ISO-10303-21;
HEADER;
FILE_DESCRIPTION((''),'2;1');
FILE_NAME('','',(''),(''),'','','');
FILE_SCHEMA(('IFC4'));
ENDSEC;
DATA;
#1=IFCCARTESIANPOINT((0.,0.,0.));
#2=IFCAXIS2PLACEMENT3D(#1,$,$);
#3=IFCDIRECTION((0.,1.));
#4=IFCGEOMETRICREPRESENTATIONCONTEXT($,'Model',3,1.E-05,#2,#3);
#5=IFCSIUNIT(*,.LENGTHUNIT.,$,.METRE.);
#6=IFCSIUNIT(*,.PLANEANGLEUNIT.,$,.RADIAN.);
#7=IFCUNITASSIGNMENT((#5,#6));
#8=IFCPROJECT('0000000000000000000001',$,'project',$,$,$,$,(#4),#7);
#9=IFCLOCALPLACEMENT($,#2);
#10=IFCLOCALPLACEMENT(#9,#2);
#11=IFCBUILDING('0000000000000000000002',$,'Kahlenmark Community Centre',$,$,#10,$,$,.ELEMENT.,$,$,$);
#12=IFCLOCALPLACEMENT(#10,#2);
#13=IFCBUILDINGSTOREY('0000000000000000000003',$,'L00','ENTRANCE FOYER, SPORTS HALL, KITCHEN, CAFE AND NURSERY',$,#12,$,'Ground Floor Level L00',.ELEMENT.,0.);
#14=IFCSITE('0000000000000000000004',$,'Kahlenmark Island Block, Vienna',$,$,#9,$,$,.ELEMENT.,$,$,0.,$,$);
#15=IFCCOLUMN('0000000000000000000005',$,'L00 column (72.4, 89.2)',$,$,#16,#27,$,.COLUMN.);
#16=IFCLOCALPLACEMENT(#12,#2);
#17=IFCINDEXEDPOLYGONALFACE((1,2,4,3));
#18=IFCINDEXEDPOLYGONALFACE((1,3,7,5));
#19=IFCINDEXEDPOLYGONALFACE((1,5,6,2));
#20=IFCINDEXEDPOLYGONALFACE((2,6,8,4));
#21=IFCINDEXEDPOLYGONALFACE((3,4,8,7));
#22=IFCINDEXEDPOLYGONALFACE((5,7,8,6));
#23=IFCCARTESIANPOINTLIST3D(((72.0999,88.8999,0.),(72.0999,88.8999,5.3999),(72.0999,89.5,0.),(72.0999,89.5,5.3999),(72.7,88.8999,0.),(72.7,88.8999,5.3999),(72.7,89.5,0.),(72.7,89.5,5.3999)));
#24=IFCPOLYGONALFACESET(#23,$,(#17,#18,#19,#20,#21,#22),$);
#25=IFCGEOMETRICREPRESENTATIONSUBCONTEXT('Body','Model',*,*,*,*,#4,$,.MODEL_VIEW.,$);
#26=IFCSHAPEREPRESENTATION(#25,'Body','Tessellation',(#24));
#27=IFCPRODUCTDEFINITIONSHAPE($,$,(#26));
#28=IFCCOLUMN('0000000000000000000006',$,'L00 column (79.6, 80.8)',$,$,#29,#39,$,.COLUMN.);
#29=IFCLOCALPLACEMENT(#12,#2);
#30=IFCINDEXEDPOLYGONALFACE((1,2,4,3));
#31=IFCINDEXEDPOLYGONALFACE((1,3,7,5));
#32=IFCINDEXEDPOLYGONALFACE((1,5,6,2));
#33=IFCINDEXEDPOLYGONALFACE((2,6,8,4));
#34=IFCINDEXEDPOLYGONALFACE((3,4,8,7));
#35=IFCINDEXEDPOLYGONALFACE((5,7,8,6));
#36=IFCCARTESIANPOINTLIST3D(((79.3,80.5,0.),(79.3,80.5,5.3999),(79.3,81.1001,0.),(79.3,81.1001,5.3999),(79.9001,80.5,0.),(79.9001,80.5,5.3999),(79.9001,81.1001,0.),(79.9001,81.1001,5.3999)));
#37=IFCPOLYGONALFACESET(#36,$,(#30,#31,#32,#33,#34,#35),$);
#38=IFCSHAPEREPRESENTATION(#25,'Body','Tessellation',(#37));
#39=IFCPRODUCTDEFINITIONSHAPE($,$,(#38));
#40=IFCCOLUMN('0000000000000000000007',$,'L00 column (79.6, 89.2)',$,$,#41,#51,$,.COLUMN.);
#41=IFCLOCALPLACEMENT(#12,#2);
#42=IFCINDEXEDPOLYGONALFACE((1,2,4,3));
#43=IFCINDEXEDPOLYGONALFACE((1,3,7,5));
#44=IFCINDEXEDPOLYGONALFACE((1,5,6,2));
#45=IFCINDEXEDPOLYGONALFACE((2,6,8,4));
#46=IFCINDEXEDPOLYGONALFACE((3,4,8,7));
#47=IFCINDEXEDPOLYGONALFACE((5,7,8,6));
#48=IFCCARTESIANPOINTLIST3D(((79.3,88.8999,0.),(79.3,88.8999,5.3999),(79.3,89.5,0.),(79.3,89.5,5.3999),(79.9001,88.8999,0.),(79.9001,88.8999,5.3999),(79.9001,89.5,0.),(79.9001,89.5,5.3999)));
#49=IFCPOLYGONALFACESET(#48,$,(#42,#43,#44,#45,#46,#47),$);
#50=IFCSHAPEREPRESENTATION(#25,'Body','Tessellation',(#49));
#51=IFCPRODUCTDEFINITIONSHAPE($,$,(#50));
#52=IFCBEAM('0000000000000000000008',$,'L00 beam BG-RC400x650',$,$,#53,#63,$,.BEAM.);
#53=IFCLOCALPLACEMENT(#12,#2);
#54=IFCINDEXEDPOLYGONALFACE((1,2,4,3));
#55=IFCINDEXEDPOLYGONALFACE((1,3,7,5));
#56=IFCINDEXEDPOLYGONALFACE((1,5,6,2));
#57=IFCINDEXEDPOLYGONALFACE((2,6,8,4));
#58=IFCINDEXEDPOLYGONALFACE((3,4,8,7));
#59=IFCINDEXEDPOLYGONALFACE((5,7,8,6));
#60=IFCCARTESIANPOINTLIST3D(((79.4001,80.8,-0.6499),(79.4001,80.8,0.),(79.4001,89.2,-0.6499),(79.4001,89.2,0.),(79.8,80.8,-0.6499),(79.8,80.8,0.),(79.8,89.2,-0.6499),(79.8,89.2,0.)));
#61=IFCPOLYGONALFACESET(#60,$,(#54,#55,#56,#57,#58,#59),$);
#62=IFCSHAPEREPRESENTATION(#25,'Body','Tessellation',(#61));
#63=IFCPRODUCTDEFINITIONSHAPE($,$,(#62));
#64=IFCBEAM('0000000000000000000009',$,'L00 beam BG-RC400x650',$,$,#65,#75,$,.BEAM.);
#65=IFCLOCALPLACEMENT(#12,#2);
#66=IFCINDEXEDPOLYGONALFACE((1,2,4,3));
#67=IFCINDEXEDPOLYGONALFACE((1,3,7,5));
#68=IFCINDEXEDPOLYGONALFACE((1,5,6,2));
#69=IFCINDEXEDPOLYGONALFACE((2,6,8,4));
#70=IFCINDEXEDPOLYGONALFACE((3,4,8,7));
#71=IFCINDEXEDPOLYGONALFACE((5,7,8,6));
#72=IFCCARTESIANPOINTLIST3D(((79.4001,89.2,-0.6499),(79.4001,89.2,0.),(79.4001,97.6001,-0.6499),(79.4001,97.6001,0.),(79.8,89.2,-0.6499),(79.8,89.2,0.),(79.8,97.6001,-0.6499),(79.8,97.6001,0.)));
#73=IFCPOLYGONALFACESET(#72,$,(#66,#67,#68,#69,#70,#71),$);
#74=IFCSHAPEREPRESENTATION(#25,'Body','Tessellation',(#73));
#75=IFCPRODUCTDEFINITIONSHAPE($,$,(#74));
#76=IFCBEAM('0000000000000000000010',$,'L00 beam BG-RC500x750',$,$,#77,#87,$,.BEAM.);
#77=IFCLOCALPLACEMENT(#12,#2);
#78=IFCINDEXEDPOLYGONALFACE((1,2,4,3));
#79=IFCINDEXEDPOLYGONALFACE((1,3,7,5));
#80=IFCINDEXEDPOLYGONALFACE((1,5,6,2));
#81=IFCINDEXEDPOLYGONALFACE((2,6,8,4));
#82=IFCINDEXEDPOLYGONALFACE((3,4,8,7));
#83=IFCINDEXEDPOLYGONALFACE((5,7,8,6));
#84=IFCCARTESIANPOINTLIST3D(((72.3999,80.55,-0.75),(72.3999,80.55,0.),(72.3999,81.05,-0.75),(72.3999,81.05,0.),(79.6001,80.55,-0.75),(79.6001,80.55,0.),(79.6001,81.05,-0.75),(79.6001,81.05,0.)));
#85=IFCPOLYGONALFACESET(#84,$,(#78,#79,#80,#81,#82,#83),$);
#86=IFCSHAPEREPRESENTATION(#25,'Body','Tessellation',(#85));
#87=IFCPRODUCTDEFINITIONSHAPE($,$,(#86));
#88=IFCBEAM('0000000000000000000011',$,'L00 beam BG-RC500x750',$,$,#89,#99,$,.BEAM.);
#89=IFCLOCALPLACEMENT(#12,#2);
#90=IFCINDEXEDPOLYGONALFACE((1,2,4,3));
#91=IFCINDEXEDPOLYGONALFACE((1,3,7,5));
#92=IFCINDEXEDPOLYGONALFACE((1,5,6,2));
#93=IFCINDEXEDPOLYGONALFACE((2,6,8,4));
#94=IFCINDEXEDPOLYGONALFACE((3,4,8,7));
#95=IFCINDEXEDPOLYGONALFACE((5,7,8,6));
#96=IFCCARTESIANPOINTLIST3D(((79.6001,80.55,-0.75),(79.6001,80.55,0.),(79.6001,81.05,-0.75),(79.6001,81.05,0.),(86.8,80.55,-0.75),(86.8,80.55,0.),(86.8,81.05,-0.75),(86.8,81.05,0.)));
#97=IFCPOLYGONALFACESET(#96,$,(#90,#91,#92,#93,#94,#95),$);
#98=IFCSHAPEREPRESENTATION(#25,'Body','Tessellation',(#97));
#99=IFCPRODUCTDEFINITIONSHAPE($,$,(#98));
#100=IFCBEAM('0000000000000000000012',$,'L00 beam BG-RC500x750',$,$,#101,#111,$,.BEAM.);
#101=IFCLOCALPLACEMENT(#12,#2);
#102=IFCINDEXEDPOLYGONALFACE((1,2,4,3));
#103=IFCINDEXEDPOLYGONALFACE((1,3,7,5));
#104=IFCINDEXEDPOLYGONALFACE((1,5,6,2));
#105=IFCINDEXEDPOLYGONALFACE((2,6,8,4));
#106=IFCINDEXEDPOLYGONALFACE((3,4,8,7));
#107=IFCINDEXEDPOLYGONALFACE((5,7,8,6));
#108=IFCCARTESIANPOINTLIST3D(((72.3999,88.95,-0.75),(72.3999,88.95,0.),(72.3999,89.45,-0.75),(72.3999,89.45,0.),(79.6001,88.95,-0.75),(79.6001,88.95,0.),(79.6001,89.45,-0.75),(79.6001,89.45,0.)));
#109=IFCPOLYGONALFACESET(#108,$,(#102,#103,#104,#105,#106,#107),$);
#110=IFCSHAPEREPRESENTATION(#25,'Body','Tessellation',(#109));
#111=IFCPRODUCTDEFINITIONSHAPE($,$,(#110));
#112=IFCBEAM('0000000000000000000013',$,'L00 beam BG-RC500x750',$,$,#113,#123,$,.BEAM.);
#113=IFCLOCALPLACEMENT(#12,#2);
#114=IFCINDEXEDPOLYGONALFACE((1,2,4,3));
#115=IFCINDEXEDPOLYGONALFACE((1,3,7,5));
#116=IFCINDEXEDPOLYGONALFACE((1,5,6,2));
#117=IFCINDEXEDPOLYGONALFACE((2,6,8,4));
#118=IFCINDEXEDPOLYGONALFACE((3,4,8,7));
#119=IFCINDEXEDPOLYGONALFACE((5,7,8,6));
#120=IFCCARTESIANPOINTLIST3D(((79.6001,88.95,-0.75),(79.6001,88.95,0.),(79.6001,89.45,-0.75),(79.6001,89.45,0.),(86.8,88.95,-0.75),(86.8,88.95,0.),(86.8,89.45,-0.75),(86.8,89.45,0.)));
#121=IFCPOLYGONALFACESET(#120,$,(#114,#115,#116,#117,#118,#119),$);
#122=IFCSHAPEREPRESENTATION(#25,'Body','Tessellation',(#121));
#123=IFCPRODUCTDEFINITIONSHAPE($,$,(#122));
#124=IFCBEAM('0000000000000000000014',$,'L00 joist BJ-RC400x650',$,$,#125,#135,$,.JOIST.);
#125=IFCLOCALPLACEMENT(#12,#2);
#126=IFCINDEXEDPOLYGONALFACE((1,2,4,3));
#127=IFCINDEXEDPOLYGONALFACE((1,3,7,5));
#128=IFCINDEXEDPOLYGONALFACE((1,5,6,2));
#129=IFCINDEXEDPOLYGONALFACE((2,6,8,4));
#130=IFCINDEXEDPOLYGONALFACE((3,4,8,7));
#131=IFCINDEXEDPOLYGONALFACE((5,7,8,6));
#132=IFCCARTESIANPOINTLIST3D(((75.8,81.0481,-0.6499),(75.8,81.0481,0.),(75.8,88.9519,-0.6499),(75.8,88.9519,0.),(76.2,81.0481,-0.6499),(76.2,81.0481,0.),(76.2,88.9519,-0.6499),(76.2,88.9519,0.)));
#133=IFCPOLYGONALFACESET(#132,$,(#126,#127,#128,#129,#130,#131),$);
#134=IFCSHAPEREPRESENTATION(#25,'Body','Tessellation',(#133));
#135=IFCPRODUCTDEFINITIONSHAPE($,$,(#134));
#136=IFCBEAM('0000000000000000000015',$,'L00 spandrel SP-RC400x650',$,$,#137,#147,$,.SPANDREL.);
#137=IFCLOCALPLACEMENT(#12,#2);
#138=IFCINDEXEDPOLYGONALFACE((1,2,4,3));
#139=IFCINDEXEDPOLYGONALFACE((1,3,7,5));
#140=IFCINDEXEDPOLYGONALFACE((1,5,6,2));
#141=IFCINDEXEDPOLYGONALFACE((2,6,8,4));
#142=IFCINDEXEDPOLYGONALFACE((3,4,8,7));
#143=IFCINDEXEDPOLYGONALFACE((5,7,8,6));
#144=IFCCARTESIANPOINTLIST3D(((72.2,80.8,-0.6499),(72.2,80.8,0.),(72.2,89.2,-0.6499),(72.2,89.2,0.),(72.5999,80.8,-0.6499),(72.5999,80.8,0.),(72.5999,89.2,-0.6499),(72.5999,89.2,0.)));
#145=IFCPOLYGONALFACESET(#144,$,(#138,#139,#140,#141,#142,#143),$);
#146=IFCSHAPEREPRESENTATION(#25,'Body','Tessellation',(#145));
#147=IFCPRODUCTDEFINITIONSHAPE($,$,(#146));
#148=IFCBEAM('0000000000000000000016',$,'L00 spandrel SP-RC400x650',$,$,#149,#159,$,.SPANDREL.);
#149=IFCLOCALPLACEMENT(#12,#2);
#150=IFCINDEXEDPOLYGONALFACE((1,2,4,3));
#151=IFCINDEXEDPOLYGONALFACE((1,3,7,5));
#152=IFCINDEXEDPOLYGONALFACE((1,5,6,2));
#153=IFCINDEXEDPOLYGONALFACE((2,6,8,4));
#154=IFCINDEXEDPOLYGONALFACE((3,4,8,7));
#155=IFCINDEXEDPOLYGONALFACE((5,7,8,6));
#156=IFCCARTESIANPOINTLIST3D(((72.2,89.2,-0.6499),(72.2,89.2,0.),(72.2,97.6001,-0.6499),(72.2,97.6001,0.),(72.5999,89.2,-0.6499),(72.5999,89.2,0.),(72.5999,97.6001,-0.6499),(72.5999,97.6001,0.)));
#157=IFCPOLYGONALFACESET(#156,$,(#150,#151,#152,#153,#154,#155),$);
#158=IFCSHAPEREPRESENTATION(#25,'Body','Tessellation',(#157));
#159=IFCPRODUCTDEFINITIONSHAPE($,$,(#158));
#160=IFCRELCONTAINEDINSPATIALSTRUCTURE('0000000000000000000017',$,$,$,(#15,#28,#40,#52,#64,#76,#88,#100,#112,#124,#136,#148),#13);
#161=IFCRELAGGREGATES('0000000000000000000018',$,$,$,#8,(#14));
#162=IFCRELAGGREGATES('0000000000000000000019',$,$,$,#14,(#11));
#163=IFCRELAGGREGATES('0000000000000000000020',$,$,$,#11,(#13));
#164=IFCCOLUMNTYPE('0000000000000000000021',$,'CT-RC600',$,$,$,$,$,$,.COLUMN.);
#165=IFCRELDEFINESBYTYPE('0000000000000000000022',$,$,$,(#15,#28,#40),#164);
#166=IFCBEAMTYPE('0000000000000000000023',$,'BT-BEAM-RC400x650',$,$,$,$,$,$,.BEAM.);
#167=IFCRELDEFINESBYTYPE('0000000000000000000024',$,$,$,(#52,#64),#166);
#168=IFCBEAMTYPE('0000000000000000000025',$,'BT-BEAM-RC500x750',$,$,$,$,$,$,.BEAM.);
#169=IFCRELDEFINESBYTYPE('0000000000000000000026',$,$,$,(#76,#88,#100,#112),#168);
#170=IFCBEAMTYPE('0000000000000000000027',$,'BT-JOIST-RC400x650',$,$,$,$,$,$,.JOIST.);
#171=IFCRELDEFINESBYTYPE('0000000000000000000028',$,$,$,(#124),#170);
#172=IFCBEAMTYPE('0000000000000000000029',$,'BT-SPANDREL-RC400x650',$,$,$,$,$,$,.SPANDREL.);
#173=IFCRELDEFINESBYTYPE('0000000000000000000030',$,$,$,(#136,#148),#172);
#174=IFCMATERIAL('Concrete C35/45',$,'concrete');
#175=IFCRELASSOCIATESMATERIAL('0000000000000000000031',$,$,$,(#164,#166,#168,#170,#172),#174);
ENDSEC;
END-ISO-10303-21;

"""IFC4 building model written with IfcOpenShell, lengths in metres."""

from ifc_helpers import new_model, si_unit, direction, frame, origin, origin_2d, place, context, subcontext, project, spatial, rectangle, extrude, material, material_profile, profile_set, type_object, element, save


model = new_model("IFC4")

# Units and contexts
model_context = context("Model", 3, precision=1e-05, world=origin(), true_north=direction((0.0, 1.0)))
body_context = subcontext(model_context, "Body", "Model", "MODEL_VIEW")
ifc_project = project(units=[si_unit("LENGTHUNIT", "METRE"), si_unit("PLANEANGLEUNIT", "RADIAN")], contexts=[model_context])

# Site, building, storey
site_placement = place(None, origin())
site = spatial("IfcSite", under=ifc_project, at=site_placement, Name="Kahlenmark Island Block, Vienna", CompositionType="ELEMENT", RefElevation=0.0)
building_placement = place(site_placement, origin())
building = spatial("IfcBuilding", under=site, at=building_placement, Name="Kahlenmark Community Centre", CompositionType="ELEMENT")
storey_placement = place(building_placement, origin())
storey = spatial("IfcBuildingStorey", under=building, at=storey_placement, Name="L00", Description="ENTRANCE FOYER, SPORTS HALL, KITCHEN, CAFE AND NURSERY", LongName="Ground Floor Level L00", CompositionType="ELEMENT", Elevation=0.0)

# Columns
ifc_material_1 = material(Name="Concrete C35/45", Category="concrete")
ifc_material_profile_1 = material_profile(ifc_material_1, rectangle(XDim=0.6001, YDim=0.6001, at=origin_2d()), Name="RC 600x600")
ifc_profile_set_1 = profile_set([ifc_material_profile_1], Name="Concrete C35/45")
column_type = type_object("IfcColumnType", Name="CT-RC600", PredefinedType="COLUMN", material=ifc_profile_set_1)
for number, where, z_axis, x_axis, name in (
    (1, (72.3999, 89.2, 0.0), (0.0, 0.0, 1.0), (1.0, 0.0, 0.0), "L00 column (72.4, 89.2)"),
    (2, (79.6001, 80.8, 0.0), (0.0, 0.0, 1.0), (1.0, 0.0, 0.0), "L00 column (79.6, 80.8)"),
    (3, (79.6001, 89.2, 0.0), (0.0, 0.0, 1.0), (1.0, 0.0, 0.0), "L00 column (79.6, 89.2)"),
):
    element("IfcColumn", number, at=place(storey_placement, frame(where, z_axis=z_axis, x_axis=x_axis)), inside=storey, type_object=column_type, Name=name, PredefinedType="COLUMN", context=body_context, shape_type="SweptSolid", body=[
        extrude(rectangle(XDim=0.6001, YDim=0.6001, at=origin_2d()), origin(), (0.0, 0.0, 1.0), 5.3999),
    ])

# Beams
ifc_material_profile_2 = material_profile(ifc_material_1, rectangle(XDim=0.3999, YDim=0.6499, at=origin_2d()), Name="RC 400x650")
ifc_profile_set_2 = profile_set([ifc_material_profile_2], Name="Concrete C35/45")
beam_type_1 = type_object("IfcBeamType", Name="BT-BEAM-RC400x650", PredefinedType="BEAM", material=ifc_profile_set_2)
beam_1_placement = place(storey_placement, frame((79.6001, 80.8, -0.325), z_axis=(0.0, 1.0, 0.0), x_axis=(-1.0, 0.0, 0.0)))
element("IfcBeam", 4, at=beam_1_placement, inside=storey, type_object=beam_type_1, Name="L00 beam BG-RC400x650", PredefinedType="BEAM", context=body_context, shape_type="SweptSolid", body=[
    extrude(rectangle(XDim=0.3999, YDim=0.6499, at=origin_2d()), origin(), (0.0, 0.0, 1.0), 8.3999),
])
beam_2_placement = place(storey_placement, frame((79.6001, 89.2, -0.325), z_axis=(0.0, 1.0, 0.0), x_axis=(-1.0, 0.0, 0.0)))
element("IfcBeam", 5, at=beam_2_placement, inside=storey, type_object=beam_type_1, Name="L00 beam BG-RC400x650", PredefinedType="BEAM", context=body_context, shape_type="SweptSolid", body=[
    extrude(rectangle(XDim=0.3999, YDim=0.6499, at=origin_2d()), origin(), (0.0, 0.0, 1.0), 8.4001),
])
ifc_material_profile_3 = material_profile(ifc_material_1, rectangle(XDim=0.5, YDim=0.75, at=origin_2d()), Name="RC 500x750")
ifc_profile_set_3 = profile_set([ifc_material_profile_3], Name="Concrete C35/45")
beam_type_2 = type_object("IfcBeamType", Name="BT-BEAM-RC500x750", PredefinedType="BEAM", material=ifc_profile_set_3)
beam_3_placement = place(storey_placement, frame((72.3999, 80.8, -0.375), z_axis=(1.0, 0.0, 0.0), x_axis=(0.0, 1.0, 0.0)))
element("IfcBeam", 6, at=beam_3_placement, inside=storey, type_object=beam_type_2, Name="L00 beam BG-RC500x750", PredefinedType="BEAM", context=body_context, shape_type="SweptSolid", body=[
    extrude(rectangle(XDim=0.5, YDim=0.75, at=origin_2d()), origin(), (0.0, 0.0, 1.0), 7.2002),
])
beam_4_placement = place(storey_placement, frame((79.6001, 80.8, -0.375), z_axis=(1.0, 0.0, 0.0), x_axis=(0.0, 1.0, 0.0)))
element("IfcBeam", 7, at=beam_4_placement, inside=storey, type_object=beam_type_2, Name="L00 beam BG-RC500x750", PredefinedType="BEAM", context=body_context, shape_type="SweptSolid", body=[
    extrude(rectangle(XDim=0.5, YDim=0.75, at=origin_2d()), origin(), (0.0, 0.0, 1.0), 7.2),
])
beam_5_placement = place(storey_placement, frame((72.3999, 89.2, -0.375), z_axis=(1.0, 0.0, 0.0), x_axis=(0.0, 1.0, 0.0)))
element("IfcBeam", 8, at=beam_5_placement, inside=storey, type_object=beam_type_2, Name="L00 beam BG-RC500x750", PredefinedType="BEAM", context=body_context, shape_type="SweptSolid", body=[
    extrude(rectangle(XDim=0.5, YDim=0.75, at=origin_2d()), origin(), (0.0, 0.0, 1.0), 7.2002),
])
beam_6_placement = place(storey_placement, frame((79.6001, 89.2, -0.375), z_axis=(1.0, 0.0, 0.0), x_axis=(0.0, 1.0, 0.0)))
element("IfcBeam", 9, at=beam_6_placement, inside=storey, type_object=beam_type_2, Name="L00 beam BG-RC500x750", PredefinedType="BEAM", context=body_context, shape_type="SweptSolid", body=[
    extrude(rectangle(XDim=0.5, YDim=0.75, at=origin_2d()), origin(), (0.0, 0.0, 1.0), 7.2),
])
ifc_material_profile_4 = material_profile(ifc_material_1, rectangle(XDim=0.3999, YDim=0.6499, at=origin_2d()), Name="RC 400x650")
ifc_profile_set_4 = profile_set([ifc_material_profile_4], Name="Concrete C35/45")
beam_type_3 = type_object("IfcBeamType", Name="BT-JOIST-RC400x650", PredefinedType="JOIST", material=ifc_profile_set_4)
beam_7_placement = place(storey_placement, frame((76.0, 81.0481, -0.325), z_axis=(0.0, 1.0, 0.0), x_axis=(-1.0, 0.0, 0.0)))
element("IfcBeam", 10, at=beam_7_placement, inside=storey, type_object=beam_type_3, Name="L00 joist BJ-RC400x650", PredefinedType="JOIST", context=body_context, shape_type="SweptSolid", body=[
    extrude(rectangle(XDim=0.3999, YDim=0.6499, at=origin_2d()), origin(), (0.0, 0.0, 1.0), 7.9038),
])
ifc_material_profile_5 = material_profile(ifc_material_1, rectangle(XDim=0.3999, YDim=0.6499, at=origin_2d()), Name="RC 400x650")
ifc_profile_set_5 = profile_set([ifc_material_profile_5], Name="Concrete C35/45")
beam_type_4 = type_object("IfcBeamType", Name="BT-SPANDREL-RC400x650", PredefinedType="SPANDREL", material=ifc_profile_set_5)
beam_8_placement = place(storey_placement, frame((72.3999, 80.8, -0.325), z_axis=(0.0, 1.0, 0.0), x_axis=(-1.0, 0.0, 0.0)))
element("IfcBeam", 11, at=beam_8_placement, inside=storey, type_object=beam_type_4, Name="L00 spandrel SP-RC400x650", PredefinedType="SPANDREL", context=body_context, shape_type="SweptSolid", body=[
    extrude(rectangle(XDim=0.3999, YDim=0.6499, at=origin_2d()), origin(), (0.0, 0.0, 1.0), 8.3999),
])
beam_9_placement = place(storey_placement, frame((72.3999, 89.2, -0.325), z_axis=(0.0, 1.0, 0.0), x_axis=(-1.0, 0.0, 0.0)))
element("IfcBeam", 12, at=beam_9_placement, inside=storey, type_object=beam_type_4, Name="L00 spandrel SP-RC400x650", PredefinedType="SPANDREL", context=body_context, shape_type="SweptSolid", body=[
    extrude(rectangle(XDim=0.3999, YDim=0.6499, at=origin_2d()), origin(), (0.0, 0.0, 1.0), 8.4001),
])

save(model, "model.ifc")
